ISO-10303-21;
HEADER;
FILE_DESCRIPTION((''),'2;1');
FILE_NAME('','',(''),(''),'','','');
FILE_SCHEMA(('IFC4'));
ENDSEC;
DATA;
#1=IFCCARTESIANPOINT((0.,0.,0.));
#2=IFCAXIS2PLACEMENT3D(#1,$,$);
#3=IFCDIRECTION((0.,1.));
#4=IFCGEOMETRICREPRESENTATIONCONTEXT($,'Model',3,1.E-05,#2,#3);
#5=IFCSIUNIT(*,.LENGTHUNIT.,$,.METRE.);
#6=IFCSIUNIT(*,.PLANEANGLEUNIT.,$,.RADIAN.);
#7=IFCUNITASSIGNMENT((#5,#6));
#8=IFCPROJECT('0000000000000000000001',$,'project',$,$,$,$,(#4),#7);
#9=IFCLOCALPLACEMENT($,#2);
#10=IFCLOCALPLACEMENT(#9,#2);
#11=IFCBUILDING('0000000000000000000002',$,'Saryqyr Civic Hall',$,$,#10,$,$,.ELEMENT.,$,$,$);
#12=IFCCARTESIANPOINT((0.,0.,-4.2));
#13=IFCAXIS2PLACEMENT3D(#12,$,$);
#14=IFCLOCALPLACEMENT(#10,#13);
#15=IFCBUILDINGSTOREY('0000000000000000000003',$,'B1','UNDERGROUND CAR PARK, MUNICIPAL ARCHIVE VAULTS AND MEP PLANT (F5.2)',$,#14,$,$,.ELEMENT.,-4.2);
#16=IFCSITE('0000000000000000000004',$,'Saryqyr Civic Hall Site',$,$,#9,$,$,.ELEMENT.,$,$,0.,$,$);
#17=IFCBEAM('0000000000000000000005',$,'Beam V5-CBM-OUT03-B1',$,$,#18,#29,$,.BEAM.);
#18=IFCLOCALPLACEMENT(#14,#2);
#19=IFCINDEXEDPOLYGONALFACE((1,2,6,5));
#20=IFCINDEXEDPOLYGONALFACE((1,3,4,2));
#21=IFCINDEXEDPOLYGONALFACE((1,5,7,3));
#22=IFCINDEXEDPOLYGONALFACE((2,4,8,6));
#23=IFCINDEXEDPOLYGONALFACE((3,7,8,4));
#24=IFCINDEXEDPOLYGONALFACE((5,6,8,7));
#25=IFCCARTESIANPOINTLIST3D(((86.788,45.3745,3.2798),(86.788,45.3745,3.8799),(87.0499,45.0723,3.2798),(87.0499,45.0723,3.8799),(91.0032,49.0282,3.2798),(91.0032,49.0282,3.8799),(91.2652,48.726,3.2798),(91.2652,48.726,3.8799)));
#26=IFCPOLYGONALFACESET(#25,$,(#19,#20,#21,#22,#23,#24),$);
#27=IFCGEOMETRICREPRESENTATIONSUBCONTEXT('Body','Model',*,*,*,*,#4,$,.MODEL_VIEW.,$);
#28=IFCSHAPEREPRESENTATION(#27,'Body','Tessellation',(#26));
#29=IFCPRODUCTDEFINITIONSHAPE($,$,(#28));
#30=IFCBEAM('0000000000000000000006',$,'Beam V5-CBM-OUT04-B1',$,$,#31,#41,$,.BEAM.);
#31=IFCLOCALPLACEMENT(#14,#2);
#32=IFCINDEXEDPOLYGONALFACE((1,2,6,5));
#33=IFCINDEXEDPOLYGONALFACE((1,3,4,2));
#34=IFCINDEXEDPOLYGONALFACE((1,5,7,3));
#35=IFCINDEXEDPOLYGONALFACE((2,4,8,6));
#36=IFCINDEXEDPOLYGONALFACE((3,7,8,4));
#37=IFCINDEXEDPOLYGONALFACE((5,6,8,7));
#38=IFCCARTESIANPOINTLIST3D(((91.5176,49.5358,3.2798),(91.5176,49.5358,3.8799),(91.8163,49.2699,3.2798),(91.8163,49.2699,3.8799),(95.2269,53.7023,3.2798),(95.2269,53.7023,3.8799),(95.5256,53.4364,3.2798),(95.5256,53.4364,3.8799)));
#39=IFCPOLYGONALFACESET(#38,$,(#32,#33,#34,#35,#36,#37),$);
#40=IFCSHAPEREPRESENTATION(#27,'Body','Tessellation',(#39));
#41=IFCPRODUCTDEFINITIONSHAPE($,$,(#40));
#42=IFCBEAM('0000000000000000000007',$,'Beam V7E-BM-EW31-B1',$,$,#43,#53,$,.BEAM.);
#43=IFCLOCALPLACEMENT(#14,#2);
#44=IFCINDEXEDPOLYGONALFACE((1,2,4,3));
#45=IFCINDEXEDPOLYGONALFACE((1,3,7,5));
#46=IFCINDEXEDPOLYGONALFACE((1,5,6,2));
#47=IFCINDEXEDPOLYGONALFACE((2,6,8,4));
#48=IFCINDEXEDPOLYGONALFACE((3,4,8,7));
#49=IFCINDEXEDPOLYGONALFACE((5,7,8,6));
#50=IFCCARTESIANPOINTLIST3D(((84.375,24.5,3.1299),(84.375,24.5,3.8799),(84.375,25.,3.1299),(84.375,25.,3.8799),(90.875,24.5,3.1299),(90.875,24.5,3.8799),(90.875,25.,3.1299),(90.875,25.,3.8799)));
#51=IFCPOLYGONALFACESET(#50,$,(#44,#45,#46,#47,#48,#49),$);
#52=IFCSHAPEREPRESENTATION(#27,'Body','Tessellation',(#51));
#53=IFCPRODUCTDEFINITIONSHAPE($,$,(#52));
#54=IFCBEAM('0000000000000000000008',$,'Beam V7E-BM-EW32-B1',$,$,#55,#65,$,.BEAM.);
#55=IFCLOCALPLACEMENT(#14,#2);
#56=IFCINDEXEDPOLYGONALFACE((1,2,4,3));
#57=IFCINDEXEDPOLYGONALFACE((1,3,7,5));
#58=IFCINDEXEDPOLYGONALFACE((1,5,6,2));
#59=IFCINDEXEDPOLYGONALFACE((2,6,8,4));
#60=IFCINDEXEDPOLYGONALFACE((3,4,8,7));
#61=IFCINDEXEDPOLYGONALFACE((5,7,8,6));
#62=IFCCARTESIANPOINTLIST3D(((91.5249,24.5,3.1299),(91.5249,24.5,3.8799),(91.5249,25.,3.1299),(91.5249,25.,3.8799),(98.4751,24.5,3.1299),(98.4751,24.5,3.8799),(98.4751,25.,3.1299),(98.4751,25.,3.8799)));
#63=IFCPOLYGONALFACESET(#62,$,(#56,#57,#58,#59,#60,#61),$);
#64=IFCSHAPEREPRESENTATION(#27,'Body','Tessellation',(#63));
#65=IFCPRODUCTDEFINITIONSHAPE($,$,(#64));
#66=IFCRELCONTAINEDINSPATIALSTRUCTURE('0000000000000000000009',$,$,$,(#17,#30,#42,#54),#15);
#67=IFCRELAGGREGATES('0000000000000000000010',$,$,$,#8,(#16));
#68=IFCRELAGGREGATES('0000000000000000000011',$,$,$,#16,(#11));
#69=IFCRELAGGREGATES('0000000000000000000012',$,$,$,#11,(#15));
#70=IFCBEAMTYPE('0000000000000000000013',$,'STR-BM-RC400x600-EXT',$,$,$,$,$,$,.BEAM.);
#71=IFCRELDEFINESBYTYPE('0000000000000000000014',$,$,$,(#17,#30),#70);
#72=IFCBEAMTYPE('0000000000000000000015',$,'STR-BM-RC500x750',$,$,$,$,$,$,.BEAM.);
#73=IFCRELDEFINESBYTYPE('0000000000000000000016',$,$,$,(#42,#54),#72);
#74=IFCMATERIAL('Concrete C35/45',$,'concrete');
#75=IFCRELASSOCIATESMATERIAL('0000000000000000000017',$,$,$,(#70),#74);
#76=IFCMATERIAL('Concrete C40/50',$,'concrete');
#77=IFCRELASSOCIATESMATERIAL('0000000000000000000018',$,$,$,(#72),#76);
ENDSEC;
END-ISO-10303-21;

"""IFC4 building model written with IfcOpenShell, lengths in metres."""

from ifc_helpers import new_model, si_unit, direction, frame, origin, origin_2d, place, context, subcontext, project, spatial, rectangle, extrude, material, material_profile, profile_set, type_object, element, save


model = new_model("IFC4")

# Units and contexts
model_context = context("Model", 3, precision=1e-05, world=origin(), true_north=direction((0.0, 1.0)))
body_context = subcontext(model_context, "Body", "Model", "MODEL_VIEW")
ifc_project = project(units=[si_unit("LENGTHUNIT", "METRE"), si_unit("PLANEANGLEUNIT", "RADIAN")], contexts=[model_context])

# Site, building, storey
site_placement = place(None, origin())
site = spatial("IfcSite", under=ifc_project, at=site_placement, Name="Saryqyr Civic Hall Site", CompositionType="ELEMENT", RefElevation=0.0)
building_placement = place(site_placement, origin())
building = spatial("IfcBuilding", under=site, at=building_placement, Name="Saryqyr Civic Hall", CompositionType="ELEMENT")
storey_placement = place(building_placement, frame((0.0, 0.0, -4.2)))
storey = spatial("IfcBuildingStorey", under=building, at=storey_placement, Name="B1", Description="UNDERGROUND CAR PARK, MUNICIPAL ARCHIVE VAULTS AND MEP PLANT (F5.2)", CompositionType="ELEMENT", Elevation=-4.2)

# Shared definitions
ifc_material_1 = material(Name="Concrete C35/45", Category="concrete")

# Shared definitions
ifc_material_2 = material(Name="Concrete C40/50", Category="concrete")

# Beams
ifc_material_profile_1 = material_profile(ifc_material_1, rectangle(XDim=0.3999, YDim=0.6001, at=origin_2d()), Name="RC 400x600")
ifc_profile_set_1 = profile_set([ifc_material_profile_1], Name="Concrete C35/45")
beam_type_1 = type_object("IfcBeamType", Name="STR-BM-RC400x600-EXT", PredefinedType="BEAM", material=ifc_profile_set_1)
for number, where, z_axis, x_axis, name in (
    (1, (86.9189, 45.2234, 3.5798), (0.755643, 0.654984, 0.0), (-0.654984, 0.755643, 0.0), "Beam V5-CBM-OUT03-B1"),
    (2, (91.667, 49.4028, 3.5798), (0.664931, 0.746904, 0.0), (-0.746904, 0.664931, 0.0), "Beam V5-CBM-OUT04-B1"),
):
    element("IfcBeam", number, at=place(storey_placement, frame(where, z_axis=z_axis, x_axis=x_axis)), inside=storey, type_object=beam_type_1, Name=name, PredefinedType="BEAM", context=body_context, shape_type="SweptSolid", body=[
        extrude(rectangle(XDim=0.3999, YDim=0.6001, at=origin_2d()), origin(), (0.0, 0.0, 1.0), 5.5784),
    ])
ifc_material_profile_2 = material_profile(ifc_material_2, rectangle(XDim=0.5, YDim=0.75, at=origin_2d()), Name="RC 500x750")
ifc_profile_set_2 = profile_set([ifc_material_profile_2], Name="Concrete C40/50")
beam_type_2 = type_object("IfcBeamType", Name="STR-BM-RC500x750", PredefinedType="BEAM", material=ifc_profile_set_2)
beam_1_placement = place(storey_placement, frame((84.375, 24.75, 3.5049), z_axis=(1.0, 0.0, 0.0), x_axis=(0.0, 1.0, 0.0)))
element("IfcBeam", 3, at=beam_1_placement, inside=storey, type_object=beam_type_2, Name="Beam V7E-BM-EW31-B1", PredefinedType="BEAM", context=body_context, shape_type="SweptSolid", body=[
    extrude(rectangle(XDim=0.5, YDim=0.75, at=origin_2d()), origin(), (0.0, 0.0, 1.0), 6.5),
])
beam_2_placement = place(storey_placement, frame((91.5249, 24.75, 3.5049), z_axis=(1.0, 0.0, 0.0), x_axis=(0.0, 1.0, 0.0)))
element("IfcBeam", 4, at=beam_2_placement, inside=storey, type_object=beam_type_2, Name="Beam V7E-BM-EW32-B1", PredefinedType="BEAM", context=body_context, shape_type="SweptSolid", body=[
    extrude(rectangle(XDim=0.5, YDim=0.75, at=origin_2d()), origin(), (0.0, 0.0, 1.0), 6.9502),
])

save(model, "model.ifc")
